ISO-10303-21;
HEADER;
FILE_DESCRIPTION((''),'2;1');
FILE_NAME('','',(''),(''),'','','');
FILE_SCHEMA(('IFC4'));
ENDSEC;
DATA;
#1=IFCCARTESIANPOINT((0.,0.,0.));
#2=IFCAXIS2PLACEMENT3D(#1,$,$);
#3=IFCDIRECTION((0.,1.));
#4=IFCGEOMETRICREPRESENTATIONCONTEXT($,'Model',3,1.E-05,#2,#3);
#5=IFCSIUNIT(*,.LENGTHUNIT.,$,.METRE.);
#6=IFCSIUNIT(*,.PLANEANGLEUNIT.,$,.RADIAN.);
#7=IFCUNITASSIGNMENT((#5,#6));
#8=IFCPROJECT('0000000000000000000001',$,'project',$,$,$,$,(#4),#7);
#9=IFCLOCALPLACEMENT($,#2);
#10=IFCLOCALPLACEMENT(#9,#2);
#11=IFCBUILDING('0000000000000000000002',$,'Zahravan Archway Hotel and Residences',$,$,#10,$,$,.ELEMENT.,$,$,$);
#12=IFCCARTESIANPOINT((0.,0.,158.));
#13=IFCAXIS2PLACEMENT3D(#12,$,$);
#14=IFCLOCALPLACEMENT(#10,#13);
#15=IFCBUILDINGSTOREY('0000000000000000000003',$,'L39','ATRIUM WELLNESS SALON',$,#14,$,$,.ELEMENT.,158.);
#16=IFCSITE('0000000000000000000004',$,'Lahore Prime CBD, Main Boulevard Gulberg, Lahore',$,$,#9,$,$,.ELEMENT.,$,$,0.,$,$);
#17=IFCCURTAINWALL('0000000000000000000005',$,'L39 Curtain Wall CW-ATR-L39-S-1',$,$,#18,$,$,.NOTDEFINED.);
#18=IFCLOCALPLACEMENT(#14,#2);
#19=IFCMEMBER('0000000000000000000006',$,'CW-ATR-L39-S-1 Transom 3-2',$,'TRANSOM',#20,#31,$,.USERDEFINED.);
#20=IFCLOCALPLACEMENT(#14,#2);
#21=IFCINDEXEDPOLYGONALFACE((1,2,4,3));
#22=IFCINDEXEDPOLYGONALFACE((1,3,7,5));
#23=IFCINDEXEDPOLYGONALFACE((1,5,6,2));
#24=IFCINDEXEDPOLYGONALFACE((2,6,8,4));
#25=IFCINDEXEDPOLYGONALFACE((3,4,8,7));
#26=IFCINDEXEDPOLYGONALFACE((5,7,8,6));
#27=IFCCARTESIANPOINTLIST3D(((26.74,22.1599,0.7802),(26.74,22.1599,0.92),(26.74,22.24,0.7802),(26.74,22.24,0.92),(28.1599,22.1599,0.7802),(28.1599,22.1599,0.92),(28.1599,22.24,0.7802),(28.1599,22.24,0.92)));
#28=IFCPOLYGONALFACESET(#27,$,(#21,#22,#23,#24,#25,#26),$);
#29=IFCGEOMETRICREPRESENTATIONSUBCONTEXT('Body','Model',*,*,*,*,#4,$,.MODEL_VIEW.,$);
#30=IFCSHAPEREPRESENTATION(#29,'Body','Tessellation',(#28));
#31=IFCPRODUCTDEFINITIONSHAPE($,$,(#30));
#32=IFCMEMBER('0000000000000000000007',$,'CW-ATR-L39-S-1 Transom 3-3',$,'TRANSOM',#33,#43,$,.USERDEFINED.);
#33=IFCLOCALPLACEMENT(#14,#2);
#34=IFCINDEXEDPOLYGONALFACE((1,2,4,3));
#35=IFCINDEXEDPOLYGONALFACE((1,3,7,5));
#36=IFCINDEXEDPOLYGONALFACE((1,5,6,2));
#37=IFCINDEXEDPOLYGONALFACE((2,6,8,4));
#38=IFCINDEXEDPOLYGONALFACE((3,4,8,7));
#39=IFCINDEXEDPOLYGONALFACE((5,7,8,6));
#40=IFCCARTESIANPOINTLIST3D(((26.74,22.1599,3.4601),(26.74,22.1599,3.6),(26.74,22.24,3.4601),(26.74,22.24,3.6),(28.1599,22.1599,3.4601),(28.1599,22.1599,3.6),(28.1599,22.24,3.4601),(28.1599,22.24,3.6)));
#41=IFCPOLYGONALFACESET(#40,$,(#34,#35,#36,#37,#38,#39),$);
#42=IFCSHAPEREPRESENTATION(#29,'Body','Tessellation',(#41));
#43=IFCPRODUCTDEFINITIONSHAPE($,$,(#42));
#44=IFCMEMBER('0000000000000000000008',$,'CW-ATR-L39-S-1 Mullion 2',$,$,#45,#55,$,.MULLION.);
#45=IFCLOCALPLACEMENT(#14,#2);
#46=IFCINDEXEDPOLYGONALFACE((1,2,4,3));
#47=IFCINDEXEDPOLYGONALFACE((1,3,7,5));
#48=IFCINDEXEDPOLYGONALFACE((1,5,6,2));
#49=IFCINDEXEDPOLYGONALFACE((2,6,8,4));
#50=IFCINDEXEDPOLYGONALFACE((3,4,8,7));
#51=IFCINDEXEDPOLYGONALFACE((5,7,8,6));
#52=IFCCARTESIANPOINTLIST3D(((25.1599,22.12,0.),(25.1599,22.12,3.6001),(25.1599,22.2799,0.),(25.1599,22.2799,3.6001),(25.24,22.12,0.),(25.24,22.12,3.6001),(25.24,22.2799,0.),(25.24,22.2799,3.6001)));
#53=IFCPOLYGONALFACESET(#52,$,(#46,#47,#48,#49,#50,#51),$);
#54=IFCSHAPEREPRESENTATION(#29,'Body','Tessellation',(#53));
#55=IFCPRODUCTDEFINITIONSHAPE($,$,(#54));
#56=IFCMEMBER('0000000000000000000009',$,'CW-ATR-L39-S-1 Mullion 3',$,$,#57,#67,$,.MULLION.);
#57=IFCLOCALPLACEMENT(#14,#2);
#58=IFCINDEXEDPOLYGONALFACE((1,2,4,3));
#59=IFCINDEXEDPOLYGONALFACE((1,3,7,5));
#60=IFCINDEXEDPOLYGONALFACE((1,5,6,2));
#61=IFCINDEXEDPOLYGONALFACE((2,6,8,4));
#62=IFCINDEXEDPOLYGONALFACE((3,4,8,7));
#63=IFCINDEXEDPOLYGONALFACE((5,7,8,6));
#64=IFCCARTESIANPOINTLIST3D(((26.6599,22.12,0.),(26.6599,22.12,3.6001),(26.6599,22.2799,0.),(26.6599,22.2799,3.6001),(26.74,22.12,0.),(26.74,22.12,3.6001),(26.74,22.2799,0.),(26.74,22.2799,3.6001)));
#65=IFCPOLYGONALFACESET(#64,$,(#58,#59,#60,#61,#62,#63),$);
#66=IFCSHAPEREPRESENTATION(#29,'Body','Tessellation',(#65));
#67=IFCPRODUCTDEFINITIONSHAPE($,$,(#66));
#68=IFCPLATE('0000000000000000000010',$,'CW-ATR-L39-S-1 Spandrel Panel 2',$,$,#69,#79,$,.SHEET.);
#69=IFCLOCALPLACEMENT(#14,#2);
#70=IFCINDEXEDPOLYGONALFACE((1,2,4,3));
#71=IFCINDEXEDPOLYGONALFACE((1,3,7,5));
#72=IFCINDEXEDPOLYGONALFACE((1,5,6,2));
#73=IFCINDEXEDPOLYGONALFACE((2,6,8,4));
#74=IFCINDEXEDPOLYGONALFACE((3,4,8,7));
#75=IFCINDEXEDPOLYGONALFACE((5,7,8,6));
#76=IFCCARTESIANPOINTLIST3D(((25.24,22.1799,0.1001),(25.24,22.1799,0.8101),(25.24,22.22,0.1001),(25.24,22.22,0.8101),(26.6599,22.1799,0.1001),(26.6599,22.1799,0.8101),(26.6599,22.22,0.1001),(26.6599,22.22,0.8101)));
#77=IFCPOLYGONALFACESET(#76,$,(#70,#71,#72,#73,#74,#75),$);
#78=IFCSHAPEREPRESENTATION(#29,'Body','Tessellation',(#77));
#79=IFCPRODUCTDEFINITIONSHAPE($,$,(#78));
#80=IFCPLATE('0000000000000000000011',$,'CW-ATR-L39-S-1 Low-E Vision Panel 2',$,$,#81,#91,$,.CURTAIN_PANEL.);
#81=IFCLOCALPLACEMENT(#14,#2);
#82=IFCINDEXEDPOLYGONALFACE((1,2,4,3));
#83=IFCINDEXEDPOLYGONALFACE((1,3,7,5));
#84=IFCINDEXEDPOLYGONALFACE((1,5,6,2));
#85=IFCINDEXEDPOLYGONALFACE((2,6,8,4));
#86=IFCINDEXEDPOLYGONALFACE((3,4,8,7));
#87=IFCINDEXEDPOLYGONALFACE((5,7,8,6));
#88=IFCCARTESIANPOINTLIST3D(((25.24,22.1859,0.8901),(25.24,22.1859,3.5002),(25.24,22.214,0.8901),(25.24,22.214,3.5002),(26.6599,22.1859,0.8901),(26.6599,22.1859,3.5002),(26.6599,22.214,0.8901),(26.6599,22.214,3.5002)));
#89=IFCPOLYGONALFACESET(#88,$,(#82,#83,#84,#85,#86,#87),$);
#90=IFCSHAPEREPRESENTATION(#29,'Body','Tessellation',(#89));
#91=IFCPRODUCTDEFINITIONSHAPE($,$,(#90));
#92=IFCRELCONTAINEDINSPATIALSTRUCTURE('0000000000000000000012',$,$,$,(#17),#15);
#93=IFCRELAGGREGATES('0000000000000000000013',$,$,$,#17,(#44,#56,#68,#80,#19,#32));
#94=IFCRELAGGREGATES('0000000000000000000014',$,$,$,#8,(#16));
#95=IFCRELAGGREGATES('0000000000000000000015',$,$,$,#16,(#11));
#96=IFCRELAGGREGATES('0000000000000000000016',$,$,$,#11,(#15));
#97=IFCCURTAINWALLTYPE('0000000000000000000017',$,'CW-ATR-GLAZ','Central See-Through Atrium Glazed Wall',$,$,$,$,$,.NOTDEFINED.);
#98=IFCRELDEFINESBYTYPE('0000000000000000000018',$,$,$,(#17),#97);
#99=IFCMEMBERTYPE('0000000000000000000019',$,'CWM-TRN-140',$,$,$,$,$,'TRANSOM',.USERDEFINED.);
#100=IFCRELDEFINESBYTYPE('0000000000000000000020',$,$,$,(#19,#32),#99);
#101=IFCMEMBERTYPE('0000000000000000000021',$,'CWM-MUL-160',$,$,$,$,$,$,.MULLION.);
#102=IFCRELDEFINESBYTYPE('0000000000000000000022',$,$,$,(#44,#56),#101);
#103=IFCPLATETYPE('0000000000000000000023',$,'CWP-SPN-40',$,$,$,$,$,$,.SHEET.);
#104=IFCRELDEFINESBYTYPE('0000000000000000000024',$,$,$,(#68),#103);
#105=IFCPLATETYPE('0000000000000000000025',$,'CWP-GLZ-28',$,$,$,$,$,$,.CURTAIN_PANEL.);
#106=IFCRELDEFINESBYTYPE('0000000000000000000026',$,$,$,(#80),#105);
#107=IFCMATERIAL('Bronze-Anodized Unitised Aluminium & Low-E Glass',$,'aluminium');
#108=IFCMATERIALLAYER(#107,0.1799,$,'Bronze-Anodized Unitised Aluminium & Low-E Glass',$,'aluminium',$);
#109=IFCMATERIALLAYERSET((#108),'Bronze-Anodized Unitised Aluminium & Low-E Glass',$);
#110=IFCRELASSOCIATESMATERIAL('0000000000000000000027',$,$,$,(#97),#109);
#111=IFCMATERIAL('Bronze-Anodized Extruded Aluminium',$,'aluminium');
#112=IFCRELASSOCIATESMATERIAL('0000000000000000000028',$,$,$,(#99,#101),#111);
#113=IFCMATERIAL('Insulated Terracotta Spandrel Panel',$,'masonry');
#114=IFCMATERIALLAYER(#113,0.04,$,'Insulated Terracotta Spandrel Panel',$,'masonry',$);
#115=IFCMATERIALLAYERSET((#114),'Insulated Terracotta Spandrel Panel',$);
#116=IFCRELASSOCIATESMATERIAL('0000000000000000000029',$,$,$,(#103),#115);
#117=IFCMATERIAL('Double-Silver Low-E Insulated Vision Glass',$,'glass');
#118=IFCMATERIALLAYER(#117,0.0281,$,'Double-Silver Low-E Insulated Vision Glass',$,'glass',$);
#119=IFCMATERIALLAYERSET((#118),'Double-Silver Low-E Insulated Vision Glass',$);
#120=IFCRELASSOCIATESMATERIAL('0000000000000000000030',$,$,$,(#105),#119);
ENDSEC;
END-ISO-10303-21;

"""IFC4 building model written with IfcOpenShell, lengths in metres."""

from ifc_helpers import new_model, si_unit, direction, frame, origin, origin_2d, place, context, subcontext, project, spatial, rectangle, extrude, source, transform, mapped, material, layer, layer_set, material_profile, profile_set, type_object, element, aggregate, save


model = new_model("IFC4")

# Units and contexts
model_context = context("Model", 3, precision=1e-05, world=origin(), true_north=direction((0.0, 1.0)))
body_context = subcontext(model_context, "Body", "Model", "MODEL_VIEW")
ifc_project = project(units=[si_unit("LENGTHUNIT", "METRE"), si_unit("PLANEANGLEUNIT", "RADIAN")], contexts=[model_context])

# Site, building, storey
site_placement = place(None, origin())
site = spatial("IfcSite", under=ifc_project, at=site_placement, Name="Lahore Prime CBD, Main Boulevard Gulberg, Lahore", CompositionType="ELEMENT", RefElevation=0.0)
building_placement = place(site_placement, origin())
building = spatial("IfcBuilding", under=site, at=building_placement, Name="Zahravan Archway Hotel and Residences", CompositionType="ELEMENT")
storey_placement = place(building_placement, frame((0.0, 0.0, 158.0)))
storey = spatial("IfcBuildingStorey", under=building, at=storey_placement, Name="L39", Description="ATRIUM WELLNESS SALON", CompositionType="ELEMENT", Elevation=158.0)

# Curtain wall, members, plates
ifc_material_1 = material(Name="Bronze-Anodized Unitised Aluminium & Low-E Glass", Category="aluminium")
ifc_layer_1 = layer(ifc_material_1, 0.1799, Name="Bronze-Anodized Unitised Aluminium & Low-E Glass", Category="aluminium")
ifc_layer_set_1 = layer_set([ifc_layer_1], Name="Bronze-Anodized Unitised Aluminium & Low-E Glass")
curtain_wall_type = type_object("IfcCurtainWallType", Name="CW-ATR-GLAZ", Description="Central See-Through Atrium Glazed Wall", PredefinedType="NOTDEFINED", material=ifc_layer_set_1)
curtain_wall_placement = place(storey_placement, origin())
curtain_wall = element("IfcCurtainWall", 1, at=curtain_wall_placement, inside=storey, type_object=curtain_wall_type, Name="L39 Curtain Wall CW-ATR-L39-S-1", PredefinedType="NOTDEFINED")
ifc_material_2 = material(Name="Bronze-Anodized Extruded Aluminium", Category="aluminium")
ifc_material_profile_1 = material_profile(ifc_material_2, rectangle(XDim=0.0801, YDim=0.1399, at=origin_2d()), Name="TRN 80x140", Category="aluminium")
ifc_profile_set_1 = profile_set([ifc_material_profile_1], Name="Bronze-Anodized Extruded Aluminium")
member_type_1 = type_object("IfcMemberType", Name="CWM-TRN-140", ElementType="TRANSOM", PredefinedType="USERDEFINED", material=ifc_profile_set_1)
shared_shape_1 = source(origin(), body_context, "Body", "SweptSolid", [
    extrude(rectangle(XDim=0.0801, YDim=0.1399, at=origin_2d()), origin(), (0.0, 0.0, 1.0), 1.4199),
])
member_1_placement = place(storey_placement, frame((26.74, 22.2, 0.8501), z_axis=(1.0, 0.0, 0.0), x_axis=(0.0, 1.0, 0.0)))
member_1 = element("IfcMember", 2, at=member_1_placement, type_object=member_type_1, Name="CW-ATR-L39-S-1 Transom 3-2", ObjectType="TRANSOM", PredefinedType="USERDEFINED", context=body_context, shape_type="MappedRepresentation", body=[
    mapped(shared_shape_1, transform((0.0, 0.0, 0.0), scale=1.0)),
])
member_2_placement = place(storey_placement, frame((26.74, 22.2, 3.53), z_axis=(1.0, 0.0, 0.0), x_axis=(0.0, 1.0, 0.0)))
member_2 = element("IfcMember", 3, at=member_2_placement, type_object=member_type_1, Name="CW-ATR-L39-S-1 Transom 3-3", ObjectType="TRANSOM", PredefinedType="USERDEFINED", context=body_context, shape_type="MappedRepresentation", body=[
    mapped(shared_shape_1, transform((0.0, 0.0, 0.0), scale=1.0)),
])
ifc_material_profile_2 = material_profile(ifc_material_2, rectangle(XDim=0.0801, YDim=0.1599, at=origin_2d()), Name="MUL 80x160", Category="aluminium")
ifc_profile_set_2 = profile_set([ifc_material_profile_2], Name="Bronze-Anodized Extruded Aluminium")
member_type_2 = type_object("IfcMemberType", Name="CWM-MUL-160", PredefinedType="MULLION", material=ifc_profile_set_2)
shared_shape_2 = source(origin(), body_context, "Body", "SweptSolid", [
    extrude(rectangle(XDim=0.0801, YDim=0.1599, at=origin_2d()), origin(), (0.0, 0.0, 1.0), 3.6001),
])
member_3_placement = place(storey_placement, frame((25.2, 22.2, 0.0), z_axis=(0.0, 0.0, 1.0), x_axis=(1.0, 0.0, 0.0)))
member_3 = element("IfcMember", 4, at=member_3_placement, type_object=member_type_2, Name="CW-ATR-L39-S-1 Mullion 2", PredefinedType="MULLION", context=body_context, shape_type="MappedRepresentation", body=[
    mapped(shared_shape_2, transform((0.0, 0.0, 0.0), scale=1.0)),
])
member_4_placement = place(storey_placement, frame((26.7, 22.2, 0.0), z_axis=(0.0, 0.0, 1.0), x_axis=(1.0, 0.0, 0.0)))
member_4 = element("IfcMember", 5, at=member_4_placement, type_object=member_type_2, Name="CW-ATR-L39-S-1 Mullion 3", PredefinedType="MULLION", context=body_context, shape_type="MappedRepresentation", body=[
    mapped(shared_shape_2, transform((0.0, 0.0, 0.0), scale=1.0)),
])
ifc_material_3 = material(Name="Insulated Terracotta Spandrel Panel", Category="masonry")
ifc_layer_2 = layer(ifc_material_3, 0.04, Name="Insulated Terracotta Spandrel Panel", Category="masonry")
ifc_layer_set_2 = layer_set([ifc_layer_2], Name="Insulated Terracotta Spandrel Panel")
plate_type_1 = type_object("IfcPlateType", Name="CWP-SPN-40", PredefinedType="SHEET", material=ifc_layer_set_2)
shared_shape_3 = source(origin(), body_context, "Body", "SweptSolid", [
    extrude(rectangle(XDim=1.4199, YDim=0.04, at=origin_2d()), origin(), (0.0, 0.0, 1.0), 0.71),
])
plate_1_placement = place(storey_placement, frame((25.95, 22.2, 0.1001), z_axis=(0.0, 0.0, 1.0), x_axis=(1.0, 0.0, 0.0)))
plate_1 = element("IfcPlate", 6, at=plate_1_placement, type_object=plate_type_1, Name="CW-ATR-L39-S-1 Spandrel Panel 2", PredefinedType="SHEET", context=body_context, shape_type="MappedRepresentation", body=[
    mapped(shared_shape_3, transform((0.0, 0.0, 0.0), scale=1.0)),
])
ifc_material_4 = material(Name="Double-Silver Low-E Insulated Vision Glass", Category="glass")
ifc_layer_3 = layer(ifc_material_4, 0.0281, Name="Double-Silver Low-E Insulated Vision Glass", Category="glass")
ifc_layer_set_3 = layer_set([ifc_layer_3], Name="Double-Silver Low-E Insulated Vision Glass")
plate_type_2 = type_object("IfcPlateType", Name="CWP-GLZ-28", PredefinedType="CURTAIN_PANEL", material=ifc_layer_set_3)
shared_shape_4 = source(origin(), body_context, "Body", "SweptSolid", [
    extrude(rectangle(XDim=1.4199, YDim=0.0281, at=origin_2d()), origin(), (0.0, 0.0, 1.0), 2.6101),
])
plate_2_placement = place(storey_placement, frame((25.95, 22.2, 0.8901), z_axis=(0.0, 0.0, 1.0), x_axis=(1.0, 0.0, 0.0)))
plate_2 = element("IfcPlate", 7, at=plate_2_placement, type_object=plate_type_2, Name="CW-ATR-L39-S-1 Low-E Vision Panel 2", PredefinedType="CURTAIN_PANEL", context=body_context, shape_type="MappedRepresentation", body=[
    mapped(shared_shape_4, transform((0.0, 0.0, 0.0), scale=1.0)),
])
aggregate(curtain_wall, [member_3, member_4, plate_1, plate_2, member_1, member_2])

save(model, "model.ifc")
